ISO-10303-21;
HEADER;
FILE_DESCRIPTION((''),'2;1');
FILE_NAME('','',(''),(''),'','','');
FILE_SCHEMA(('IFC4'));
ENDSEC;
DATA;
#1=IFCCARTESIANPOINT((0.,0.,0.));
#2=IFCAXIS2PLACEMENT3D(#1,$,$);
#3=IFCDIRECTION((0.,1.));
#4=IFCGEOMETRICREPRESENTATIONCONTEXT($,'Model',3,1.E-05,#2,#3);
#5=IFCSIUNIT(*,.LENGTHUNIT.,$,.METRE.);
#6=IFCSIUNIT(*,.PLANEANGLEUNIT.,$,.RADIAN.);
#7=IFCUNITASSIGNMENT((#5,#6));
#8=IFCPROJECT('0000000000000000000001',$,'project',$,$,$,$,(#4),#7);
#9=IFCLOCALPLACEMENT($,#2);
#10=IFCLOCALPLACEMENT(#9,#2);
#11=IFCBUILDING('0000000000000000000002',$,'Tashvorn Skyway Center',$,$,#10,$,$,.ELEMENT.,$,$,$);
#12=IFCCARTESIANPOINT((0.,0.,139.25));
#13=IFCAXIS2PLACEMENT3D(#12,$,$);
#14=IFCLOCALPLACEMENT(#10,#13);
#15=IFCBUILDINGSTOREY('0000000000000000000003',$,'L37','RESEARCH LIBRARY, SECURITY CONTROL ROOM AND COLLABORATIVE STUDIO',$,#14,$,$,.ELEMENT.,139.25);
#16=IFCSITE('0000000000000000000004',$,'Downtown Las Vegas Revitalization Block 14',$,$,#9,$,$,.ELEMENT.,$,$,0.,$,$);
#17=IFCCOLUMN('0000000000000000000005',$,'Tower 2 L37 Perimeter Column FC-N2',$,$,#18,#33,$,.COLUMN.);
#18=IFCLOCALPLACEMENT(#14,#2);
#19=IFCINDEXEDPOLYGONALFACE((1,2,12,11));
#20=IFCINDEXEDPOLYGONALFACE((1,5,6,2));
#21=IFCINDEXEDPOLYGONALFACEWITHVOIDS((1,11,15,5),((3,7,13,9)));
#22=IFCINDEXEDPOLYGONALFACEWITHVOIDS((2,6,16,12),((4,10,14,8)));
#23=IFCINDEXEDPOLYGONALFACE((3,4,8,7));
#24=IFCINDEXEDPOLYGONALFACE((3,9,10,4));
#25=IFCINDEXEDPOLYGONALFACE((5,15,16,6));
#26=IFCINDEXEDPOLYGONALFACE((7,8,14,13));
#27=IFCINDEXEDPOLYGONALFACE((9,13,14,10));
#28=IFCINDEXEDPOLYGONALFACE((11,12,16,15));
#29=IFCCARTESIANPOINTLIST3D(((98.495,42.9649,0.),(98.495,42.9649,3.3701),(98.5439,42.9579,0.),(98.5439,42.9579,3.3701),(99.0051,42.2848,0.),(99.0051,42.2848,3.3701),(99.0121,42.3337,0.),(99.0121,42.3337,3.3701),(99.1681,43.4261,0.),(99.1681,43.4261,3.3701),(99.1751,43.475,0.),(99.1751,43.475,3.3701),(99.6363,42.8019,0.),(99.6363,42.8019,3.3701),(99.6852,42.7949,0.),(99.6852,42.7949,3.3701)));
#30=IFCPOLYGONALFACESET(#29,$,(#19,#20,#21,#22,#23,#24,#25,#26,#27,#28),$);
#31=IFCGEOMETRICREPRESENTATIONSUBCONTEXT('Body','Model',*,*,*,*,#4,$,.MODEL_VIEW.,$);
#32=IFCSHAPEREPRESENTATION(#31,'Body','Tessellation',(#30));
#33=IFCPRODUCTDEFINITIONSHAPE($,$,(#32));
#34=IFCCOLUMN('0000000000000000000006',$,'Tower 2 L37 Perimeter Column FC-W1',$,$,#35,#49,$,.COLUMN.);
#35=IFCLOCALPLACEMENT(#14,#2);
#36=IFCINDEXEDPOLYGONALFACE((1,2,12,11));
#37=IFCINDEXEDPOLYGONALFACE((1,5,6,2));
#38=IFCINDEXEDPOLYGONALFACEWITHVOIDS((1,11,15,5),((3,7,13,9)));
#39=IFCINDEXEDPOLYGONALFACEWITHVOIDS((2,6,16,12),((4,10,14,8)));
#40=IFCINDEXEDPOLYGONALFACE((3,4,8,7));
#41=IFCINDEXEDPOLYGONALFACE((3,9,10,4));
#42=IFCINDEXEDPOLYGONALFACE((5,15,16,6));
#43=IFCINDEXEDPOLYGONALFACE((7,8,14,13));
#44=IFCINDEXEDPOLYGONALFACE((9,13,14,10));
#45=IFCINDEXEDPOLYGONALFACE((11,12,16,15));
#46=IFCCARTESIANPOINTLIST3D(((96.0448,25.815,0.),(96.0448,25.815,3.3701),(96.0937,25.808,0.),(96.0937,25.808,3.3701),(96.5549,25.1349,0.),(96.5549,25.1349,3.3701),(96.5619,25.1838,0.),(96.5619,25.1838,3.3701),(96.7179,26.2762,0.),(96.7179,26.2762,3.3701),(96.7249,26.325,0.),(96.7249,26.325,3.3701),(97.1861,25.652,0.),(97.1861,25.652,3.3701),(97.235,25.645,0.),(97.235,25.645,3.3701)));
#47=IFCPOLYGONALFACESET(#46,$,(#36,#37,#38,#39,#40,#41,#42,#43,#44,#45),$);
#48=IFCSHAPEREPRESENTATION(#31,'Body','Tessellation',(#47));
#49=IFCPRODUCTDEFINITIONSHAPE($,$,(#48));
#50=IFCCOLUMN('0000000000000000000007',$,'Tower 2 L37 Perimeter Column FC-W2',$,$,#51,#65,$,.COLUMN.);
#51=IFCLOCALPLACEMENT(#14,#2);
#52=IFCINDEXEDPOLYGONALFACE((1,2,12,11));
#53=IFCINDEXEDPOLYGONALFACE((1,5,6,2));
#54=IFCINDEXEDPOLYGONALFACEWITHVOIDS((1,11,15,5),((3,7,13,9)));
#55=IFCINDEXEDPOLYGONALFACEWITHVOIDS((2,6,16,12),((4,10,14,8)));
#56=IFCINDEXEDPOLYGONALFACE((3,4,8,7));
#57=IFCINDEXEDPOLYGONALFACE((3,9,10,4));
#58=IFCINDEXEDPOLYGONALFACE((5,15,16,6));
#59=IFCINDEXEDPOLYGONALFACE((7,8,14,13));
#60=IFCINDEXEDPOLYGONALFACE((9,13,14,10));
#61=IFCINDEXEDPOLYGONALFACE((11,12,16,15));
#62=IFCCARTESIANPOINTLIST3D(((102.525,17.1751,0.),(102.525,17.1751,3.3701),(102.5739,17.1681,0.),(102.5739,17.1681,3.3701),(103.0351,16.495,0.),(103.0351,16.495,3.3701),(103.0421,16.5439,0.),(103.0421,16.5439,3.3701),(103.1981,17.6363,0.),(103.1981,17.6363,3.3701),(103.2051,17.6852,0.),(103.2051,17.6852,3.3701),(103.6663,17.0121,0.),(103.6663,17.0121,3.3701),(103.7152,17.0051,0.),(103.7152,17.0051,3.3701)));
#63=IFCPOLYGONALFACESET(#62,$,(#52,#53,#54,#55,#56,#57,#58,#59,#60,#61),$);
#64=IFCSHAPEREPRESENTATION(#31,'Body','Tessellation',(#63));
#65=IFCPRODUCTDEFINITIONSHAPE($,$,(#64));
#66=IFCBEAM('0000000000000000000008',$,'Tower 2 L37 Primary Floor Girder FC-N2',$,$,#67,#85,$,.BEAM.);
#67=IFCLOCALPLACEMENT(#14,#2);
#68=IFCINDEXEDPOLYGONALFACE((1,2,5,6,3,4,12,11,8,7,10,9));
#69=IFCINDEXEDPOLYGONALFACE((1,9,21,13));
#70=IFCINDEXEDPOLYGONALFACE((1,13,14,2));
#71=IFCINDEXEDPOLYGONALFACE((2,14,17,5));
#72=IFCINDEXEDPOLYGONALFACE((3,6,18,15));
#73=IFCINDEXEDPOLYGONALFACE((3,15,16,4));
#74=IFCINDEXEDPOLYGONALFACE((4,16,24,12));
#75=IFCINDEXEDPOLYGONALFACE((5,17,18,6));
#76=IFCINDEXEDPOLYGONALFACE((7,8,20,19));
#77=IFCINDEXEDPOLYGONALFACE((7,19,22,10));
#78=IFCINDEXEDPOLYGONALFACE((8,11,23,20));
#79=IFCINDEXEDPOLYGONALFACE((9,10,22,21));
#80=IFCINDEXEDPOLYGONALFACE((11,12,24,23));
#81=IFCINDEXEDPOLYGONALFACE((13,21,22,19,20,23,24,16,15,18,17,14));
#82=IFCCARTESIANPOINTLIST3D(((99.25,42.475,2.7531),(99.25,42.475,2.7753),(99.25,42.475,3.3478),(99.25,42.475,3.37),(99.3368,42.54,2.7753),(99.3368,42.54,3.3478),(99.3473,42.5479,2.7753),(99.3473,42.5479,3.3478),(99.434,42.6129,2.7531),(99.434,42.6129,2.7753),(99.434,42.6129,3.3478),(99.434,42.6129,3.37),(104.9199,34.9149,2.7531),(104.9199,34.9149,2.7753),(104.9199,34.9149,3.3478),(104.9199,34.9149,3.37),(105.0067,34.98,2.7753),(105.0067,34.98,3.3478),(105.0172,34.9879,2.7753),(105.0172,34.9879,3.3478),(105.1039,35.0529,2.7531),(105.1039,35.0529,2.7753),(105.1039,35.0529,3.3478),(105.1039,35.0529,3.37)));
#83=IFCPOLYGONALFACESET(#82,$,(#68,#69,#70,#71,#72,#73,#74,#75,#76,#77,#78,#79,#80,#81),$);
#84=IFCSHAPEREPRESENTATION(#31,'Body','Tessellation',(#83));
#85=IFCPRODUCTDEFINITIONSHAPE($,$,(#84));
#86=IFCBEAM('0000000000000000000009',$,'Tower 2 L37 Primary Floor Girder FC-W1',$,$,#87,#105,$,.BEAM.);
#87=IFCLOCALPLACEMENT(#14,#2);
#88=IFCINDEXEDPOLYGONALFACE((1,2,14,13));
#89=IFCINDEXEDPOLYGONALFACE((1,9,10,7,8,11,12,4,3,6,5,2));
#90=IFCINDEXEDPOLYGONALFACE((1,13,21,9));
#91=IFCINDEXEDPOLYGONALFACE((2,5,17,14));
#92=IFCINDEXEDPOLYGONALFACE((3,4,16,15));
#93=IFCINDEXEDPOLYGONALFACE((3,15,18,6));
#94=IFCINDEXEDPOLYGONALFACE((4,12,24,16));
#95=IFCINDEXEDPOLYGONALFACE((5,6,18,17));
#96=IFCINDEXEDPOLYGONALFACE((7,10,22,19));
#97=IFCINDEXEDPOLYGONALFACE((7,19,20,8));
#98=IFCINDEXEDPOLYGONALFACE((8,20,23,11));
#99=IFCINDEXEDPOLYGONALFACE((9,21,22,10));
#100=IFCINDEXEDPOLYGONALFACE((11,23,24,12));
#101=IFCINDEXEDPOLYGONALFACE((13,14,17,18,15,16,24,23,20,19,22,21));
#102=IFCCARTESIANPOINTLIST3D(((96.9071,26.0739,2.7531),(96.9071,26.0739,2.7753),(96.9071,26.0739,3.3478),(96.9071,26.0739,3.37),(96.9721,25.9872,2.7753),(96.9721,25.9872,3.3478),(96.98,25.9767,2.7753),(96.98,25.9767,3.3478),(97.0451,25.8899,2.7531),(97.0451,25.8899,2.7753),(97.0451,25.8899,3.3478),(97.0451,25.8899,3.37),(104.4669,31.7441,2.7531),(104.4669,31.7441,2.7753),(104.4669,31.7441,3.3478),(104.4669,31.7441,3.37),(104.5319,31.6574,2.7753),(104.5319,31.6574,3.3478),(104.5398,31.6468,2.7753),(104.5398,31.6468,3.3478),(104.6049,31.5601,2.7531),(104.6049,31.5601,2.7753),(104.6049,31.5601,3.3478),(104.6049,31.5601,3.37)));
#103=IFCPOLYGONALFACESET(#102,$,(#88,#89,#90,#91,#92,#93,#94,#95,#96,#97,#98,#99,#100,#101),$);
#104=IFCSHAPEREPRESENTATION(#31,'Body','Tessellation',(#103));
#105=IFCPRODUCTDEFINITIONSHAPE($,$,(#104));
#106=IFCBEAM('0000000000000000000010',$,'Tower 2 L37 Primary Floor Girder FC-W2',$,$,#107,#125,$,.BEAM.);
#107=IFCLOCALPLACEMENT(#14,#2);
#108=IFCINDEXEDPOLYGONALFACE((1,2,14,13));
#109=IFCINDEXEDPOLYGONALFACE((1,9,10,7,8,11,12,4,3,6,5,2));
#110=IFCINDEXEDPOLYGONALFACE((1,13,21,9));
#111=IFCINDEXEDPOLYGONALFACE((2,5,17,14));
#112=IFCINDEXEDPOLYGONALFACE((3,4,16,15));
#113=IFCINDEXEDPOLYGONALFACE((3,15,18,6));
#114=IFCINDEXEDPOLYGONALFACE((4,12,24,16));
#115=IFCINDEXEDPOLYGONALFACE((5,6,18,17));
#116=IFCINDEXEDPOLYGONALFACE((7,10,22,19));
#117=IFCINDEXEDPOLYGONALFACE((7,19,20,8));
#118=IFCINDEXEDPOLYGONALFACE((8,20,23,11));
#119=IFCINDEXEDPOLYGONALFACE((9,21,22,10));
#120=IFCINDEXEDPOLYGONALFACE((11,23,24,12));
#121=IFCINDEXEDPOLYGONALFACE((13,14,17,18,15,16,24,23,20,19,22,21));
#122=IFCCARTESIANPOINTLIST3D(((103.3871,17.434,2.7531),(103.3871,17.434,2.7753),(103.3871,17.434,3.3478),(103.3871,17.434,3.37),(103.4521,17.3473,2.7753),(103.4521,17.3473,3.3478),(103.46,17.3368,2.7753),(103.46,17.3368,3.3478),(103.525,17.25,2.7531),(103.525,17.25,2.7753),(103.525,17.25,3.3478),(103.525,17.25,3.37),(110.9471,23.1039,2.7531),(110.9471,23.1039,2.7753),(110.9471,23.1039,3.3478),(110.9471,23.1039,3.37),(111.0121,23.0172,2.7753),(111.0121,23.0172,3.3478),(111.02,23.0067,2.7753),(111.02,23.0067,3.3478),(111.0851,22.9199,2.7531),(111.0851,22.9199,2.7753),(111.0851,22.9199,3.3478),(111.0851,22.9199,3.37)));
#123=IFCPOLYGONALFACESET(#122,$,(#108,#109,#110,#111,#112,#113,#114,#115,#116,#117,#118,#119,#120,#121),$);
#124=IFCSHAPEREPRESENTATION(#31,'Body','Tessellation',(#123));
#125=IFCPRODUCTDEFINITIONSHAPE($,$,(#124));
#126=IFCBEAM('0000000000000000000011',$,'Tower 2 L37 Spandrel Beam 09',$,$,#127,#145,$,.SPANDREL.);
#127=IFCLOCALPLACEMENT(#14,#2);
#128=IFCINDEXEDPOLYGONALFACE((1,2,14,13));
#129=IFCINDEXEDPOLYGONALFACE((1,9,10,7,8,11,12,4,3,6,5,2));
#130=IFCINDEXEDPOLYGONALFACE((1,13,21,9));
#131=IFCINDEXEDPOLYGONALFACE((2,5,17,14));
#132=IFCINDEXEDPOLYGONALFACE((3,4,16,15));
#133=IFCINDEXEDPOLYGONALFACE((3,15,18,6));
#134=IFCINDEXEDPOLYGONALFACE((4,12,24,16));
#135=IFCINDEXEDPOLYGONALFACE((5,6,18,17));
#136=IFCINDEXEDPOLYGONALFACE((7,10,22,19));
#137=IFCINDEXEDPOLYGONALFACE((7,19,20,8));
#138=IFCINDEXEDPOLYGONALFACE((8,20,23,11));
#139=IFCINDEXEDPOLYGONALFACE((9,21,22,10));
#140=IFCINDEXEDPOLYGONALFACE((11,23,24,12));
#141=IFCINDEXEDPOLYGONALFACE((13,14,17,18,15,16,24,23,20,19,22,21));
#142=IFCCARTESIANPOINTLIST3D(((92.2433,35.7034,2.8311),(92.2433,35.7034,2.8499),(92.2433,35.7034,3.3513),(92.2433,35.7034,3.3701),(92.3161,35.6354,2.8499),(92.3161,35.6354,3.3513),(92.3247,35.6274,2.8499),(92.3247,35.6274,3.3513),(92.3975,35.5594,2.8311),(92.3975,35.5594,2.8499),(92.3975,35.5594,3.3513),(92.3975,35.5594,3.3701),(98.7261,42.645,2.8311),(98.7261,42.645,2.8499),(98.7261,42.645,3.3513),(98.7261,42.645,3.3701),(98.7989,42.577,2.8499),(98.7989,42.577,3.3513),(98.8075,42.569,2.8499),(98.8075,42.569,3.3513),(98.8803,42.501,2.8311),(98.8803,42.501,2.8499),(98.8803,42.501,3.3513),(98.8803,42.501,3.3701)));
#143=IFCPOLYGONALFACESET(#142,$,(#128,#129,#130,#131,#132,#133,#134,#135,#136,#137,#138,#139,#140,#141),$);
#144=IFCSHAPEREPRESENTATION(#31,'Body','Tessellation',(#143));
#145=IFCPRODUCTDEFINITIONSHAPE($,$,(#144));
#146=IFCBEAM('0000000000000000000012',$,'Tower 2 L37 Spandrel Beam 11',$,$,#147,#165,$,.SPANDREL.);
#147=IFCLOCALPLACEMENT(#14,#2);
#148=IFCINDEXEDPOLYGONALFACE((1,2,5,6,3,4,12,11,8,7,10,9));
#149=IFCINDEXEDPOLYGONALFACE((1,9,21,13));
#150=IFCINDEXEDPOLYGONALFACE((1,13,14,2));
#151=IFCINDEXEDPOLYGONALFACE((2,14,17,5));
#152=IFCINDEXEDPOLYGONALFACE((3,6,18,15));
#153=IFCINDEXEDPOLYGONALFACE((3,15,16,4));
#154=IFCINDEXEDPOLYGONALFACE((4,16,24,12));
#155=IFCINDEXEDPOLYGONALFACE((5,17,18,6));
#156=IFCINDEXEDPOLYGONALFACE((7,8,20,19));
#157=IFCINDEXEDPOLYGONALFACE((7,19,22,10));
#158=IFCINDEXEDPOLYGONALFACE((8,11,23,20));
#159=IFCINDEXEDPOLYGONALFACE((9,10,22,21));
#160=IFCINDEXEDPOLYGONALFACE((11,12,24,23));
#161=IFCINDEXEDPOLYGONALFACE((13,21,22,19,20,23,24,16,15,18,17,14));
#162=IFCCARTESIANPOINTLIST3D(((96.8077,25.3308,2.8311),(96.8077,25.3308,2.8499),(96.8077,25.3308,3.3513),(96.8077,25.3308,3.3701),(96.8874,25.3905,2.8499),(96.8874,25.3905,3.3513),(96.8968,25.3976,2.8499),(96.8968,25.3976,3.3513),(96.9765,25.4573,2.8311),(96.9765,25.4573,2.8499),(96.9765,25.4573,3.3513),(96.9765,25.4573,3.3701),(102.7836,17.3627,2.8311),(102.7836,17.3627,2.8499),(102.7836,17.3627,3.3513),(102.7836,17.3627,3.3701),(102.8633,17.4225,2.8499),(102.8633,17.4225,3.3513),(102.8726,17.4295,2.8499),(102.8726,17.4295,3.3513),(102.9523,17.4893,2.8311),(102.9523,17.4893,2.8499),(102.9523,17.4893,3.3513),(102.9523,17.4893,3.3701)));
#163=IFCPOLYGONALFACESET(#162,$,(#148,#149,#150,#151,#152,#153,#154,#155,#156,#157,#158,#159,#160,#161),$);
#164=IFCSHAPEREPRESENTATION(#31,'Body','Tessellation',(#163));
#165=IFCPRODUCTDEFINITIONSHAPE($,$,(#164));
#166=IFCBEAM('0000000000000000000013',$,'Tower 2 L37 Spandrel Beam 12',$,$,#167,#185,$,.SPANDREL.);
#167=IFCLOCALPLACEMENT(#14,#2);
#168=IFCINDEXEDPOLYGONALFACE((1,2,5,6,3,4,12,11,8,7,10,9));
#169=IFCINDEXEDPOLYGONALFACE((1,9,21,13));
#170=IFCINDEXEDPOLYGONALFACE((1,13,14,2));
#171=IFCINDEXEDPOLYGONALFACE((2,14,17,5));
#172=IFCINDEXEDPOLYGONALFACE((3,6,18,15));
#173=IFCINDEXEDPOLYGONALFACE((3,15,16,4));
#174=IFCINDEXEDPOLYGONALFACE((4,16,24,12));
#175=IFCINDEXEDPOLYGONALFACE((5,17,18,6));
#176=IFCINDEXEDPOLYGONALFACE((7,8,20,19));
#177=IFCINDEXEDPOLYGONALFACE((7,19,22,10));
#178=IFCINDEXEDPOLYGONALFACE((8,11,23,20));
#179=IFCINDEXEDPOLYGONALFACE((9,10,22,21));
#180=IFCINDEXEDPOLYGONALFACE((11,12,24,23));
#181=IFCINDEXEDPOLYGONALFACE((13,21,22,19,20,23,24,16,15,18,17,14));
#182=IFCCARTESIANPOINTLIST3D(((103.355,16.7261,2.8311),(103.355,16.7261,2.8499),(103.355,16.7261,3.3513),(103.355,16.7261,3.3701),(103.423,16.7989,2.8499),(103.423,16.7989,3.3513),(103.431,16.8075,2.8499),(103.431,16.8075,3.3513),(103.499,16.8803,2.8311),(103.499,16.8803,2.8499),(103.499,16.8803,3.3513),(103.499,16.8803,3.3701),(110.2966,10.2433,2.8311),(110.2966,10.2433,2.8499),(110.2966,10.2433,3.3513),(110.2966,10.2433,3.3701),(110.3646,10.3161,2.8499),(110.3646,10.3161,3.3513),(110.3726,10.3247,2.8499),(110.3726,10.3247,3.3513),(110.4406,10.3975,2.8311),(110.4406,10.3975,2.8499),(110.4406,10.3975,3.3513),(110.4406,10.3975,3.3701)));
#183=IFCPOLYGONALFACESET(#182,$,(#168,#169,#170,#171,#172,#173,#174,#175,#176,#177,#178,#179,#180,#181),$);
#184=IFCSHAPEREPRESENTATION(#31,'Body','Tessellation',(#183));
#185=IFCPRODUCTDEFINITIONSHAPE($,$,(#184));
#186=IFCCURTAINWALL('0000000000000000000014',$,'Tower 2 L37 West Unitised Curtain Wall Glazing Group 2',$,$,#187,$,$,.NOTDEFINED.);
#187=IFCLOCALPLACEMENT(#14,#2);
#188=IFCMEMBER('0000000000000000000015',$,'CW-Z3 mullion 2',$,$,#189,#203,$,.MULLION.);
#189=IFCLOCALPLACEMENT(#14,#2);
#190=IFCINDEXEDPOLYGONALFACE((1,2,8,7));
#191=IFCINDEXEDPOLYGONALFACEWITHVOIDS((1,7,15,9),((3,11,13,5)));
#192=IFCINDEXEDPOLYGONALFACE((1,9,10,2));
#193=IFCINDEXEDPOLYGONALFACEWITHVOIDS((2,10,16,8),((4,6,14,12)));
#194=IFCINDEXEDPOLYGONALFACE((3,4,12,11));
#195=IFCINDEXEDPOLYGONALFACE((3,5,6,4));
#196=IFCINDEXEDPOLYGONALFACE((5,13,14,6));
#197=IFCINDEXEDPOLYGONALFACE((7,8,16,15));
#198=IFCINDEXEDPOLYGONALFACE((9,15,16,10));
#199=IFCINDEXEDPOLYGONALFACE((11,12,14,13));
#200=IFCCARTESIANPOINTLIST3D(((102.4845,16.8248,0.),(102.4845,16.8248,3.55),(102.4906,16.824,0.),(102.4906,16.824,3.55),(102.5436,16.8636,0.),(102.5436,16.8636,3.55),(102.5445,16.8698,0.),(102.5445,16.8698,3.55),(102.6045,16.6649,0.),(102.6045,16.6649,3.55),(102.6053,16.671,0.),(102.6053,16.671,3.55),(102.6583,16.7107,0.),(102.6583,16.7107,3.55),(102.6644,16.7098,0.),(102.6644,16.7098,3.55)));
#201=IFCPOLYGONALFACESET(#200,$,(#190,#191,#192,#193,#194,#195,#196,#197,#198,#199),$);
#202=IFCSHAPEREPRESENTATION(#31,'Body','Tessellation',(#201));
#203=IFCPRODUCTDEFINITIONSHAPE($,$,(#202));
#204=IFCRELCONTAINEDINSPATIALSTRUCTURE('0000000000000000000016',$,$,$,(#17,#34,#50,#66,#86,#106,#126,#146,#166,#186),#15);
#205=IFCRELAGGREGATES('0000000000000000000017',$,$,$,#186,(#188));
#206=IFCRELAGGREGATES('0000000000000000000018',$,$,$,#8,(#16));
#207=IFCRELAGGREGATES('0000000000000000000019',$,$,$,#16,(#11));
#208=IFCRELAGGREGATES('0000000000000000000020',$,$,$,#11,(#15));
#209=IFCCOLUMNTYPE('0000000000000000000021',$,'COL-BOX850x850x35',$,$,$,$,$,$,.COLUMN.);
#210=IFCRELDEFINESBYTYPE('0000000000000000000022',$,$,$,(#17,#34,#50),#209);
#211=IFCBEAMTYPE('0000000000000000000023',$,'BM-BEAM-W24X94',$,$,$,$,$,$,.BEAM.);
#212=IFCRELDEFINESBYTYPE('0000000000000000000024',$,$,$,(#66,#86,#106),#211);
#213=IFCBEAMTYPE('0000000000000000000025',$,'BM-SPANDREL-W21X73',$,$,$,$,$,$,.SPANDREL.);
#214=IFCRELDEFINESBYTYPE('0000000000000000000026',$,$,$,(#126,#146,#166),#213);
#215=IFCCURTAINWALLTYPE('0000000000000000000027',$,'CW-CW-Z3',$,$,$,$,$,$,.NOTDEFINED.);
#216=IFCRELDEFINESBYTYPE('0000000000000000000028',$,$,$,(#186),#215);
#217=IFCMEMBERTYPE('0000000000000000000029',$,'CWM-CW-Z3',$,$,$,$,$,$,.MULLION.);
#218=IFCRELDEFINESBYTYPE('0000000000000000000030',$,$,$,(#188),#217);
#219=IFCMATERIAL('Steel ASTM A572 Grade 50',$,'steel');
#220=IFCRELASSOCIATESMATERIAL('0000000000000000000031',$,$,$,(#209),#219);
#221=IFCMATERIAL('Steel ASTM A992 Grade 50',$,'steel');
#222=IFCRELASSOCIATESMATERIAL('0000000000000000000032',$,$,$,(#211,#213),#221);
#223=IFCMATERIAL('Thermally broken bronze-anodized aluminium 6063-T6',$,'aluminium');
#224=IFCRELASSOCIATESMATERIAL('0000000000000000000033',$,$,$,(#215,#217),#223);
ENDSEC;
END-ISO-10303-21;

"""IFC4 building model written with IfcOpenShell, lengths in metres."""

from ifc_helpers import new_model, si_unit, direction, frame, origin, origin_2d, place, context, subcontext, project, spatial, hollow_rectangle, i_section, extrude, material, material_profile, profile_set, type_object, element, aggregate, save


model = new_model("IFC4")

# Units and contexts
model_context = context("Model", 3, precision=1e-05, world=origin(), true_north=direction((0.0, 1.0)))
body_context = subcontext(model_context, "Body", "Model", "MODEL_VIEW")
ifc_project = project(units=[si_unit("LENGTHUNIT", "METRE"), si_unit("PLANEANGLEUNIT", "RADIAN")], contexts=[model_context])

# Site, building, storey
site_placement = place(None, origin())
site = spatial("IfcSite", under=ifc_project, at=site_placement, Name="Downtown Las Vegas Revitalization Block 14", CompositionType="ELEMENT", RefElevation=0.0)
building_placement = place(site_placement, origin())
building = spatial("IfcBuilding", under=site, at=building_placement, Name="Tashvorn Skyway Center", CompositionType="ELEMENT")
storey_placement = place(building_placement, frame((0.0, 0.0, 139.25)))
storey = spatial("IfcBuildingStorey", under=building, at=storey_placement, Name="L37", Description="RESEARCH LIBRARY, SECURITY CONTROL ROOM AND COLLABORATIVE STUDIO", CompositionType="ELEMENT", Elevation=139.25)

# Columns
ifc_material_1 = material(Name="Steel ASTM A572 Grade 50", Category="steel")
ifc_material_profile_1 = material_profile(ifc_material_1, hollow_rectangle(XDim=0.8501, YDim=0.8501, WallThickness=0.0349, at=origin_2d()), Name="BOX850x850x35")
ifc_profile_set_1 = profile_set([ifc_material_profile_1], Name="Steel ASTM A572 Grade 50")
column_type = type_object("IfcColumnType", Name="COL-BOX850x850x35", PredefinedType="COLUMN", material=ifc_profile_set_1)
for number, where, z_axis, x_axis, name in (
    (1, (99.0901, 42.8799, 0.0), (0.0, 0.0, 1.0), (0.8, 0.6, 0.0), "Tower 2 L37 Perimeter Column FC-N2"),
    (2, (96.6399, 25.73, 0.0), (0.0, 0.0, 1.0), (0.8, 0.6, 0.0), "Tower 2 L37 Perimeter Column FC-W1"),
    (3, (103.1201, 17.0901, 0.0), (0.0, 0.0, 1.0), (0.8, 0.6, 0.0), "Tower 2 L37 Perimeter Column FC-W2"),
):
    element("IfcColumn", number, at=place(storey_placement, frame(where, z_axis=z_axis, x_axis=x_axis)), inside=storey, type_object=column_type, Name=name, PredefinedType="COLUMN", context=body_context, shape_type="SweptSolid", body=[
        extrude(hollow_rectangle(XDim=0.8501, YDim=0.8501, WallThickness=0.0349, at=origin_2d()), origin(), (0.0, 0.0, 1.0), 3.3701),
    ])

# Beams
ifc_material_2 = material(Name="Steel ASTM A992 Grade 50", Category="steel")
ifc_material_profile_2 = material_profile(ifc_material_2, i_section(OverallWidth=0.23, OverallDepth=0.6169, WebThickness=0.0132, FlangeThickness=0.0222, at=origin_2d()), Name="W24X94")
ifc_profile_set_2 = profile_set([ifc_material_profile_2], Name="Steel ASTM A992 Grade 50")
beam_type_1 = type_object("IfcBeamType", Name="BM-BEAM-W24X94", PredefinedType="BEAM", material=ifc_profile_set_2)
for number, where, z_axis, x_axis, name in (
    (4, (99.342, 42.5439, 3.0615), (0.599992, -0.800006, 0.0), (0.800006, 0.599992, 0.0), "Tower 2 L37 Primary Floor Girder FC-N2"),
    (5, (96.9761, 25.9819, 3.0615), (0.799984, 0.600021, 0.0), (-0.600021, 0.799984, 0.0), "Tower 2 L37 Primary Floor Girder FC-W1"),
    (6, (103.4561, 17.342, 3.0615), (0.800006, 0.599992, 0.0), (-0.599992, 0.800006, 0.0), "Tower 2 L37 Primary Floor Girder FC-W2"),
):
    element("IfcBeam", number, at=place(storey_placement, frame(where, z_axis=z_axis, x_axis=x_axis)), inside=storey, type_object=beam_type_1, Name=name, PredefinedType="BEAM", context=body_context, shape_type="SweptSolid", body=[
        extrude(i_section(OverallWidth=0.23, OverallDepth=0.6169, WebThickness=0.0132, FlangeThickness=0.0222, at=origin_2d()), origin(), (0.0, 0.0, 1.0), 9.45),
    ])
ifc_material_profile_3 = material_profile(ifc_material_2, i_section(OverallWidth=0.2109, OverallDepth=0.5391, WebThickness=0.0117, FlangeThickness=0.0188, at=origin_2d()), Name="W21X73")
ifc_profile_set_3 = profile_set([ifc_material_profile_3], Name="Steel ASTM A992 Grade 50")
beam_type_2 = type_object("IfcBeamType", Name="BM-SPANDREL-W21X73", PredefinedType="SPANDREL", material=ifc_profile_set_3)
beam_1_placement = place(storey_placement, frame((98.8032, 42.573, 3.1006), z_axis=(-0.682545, -0.730843, 0.0), x_axis=(0.730843, -0.682545, 0.0)))
element("IfcBeam", 7, at=beam_1_placement, inside=storey, type_object=beam_type_2, Name="Tower 2 L37 Spandrel Beam 09", PredefinedType="SPANDREL", context=body_context, shape_type="SweptSolid", body=[
    extrude(i_section(OverallWidth=0.2109, OverallDepth=0.5391, WebThickness=0.0117, FlangeThickness=0.0188, at=origin_2d()), origin(), (0.0, 0.0, 1.0), 9.498),
])
beam_2_placement = place(storey_placement, frame((96.8921, 25.394, 3.1006), z_axis=(0.599988, -0.800009, 0.0), x_axis=(0.800009, 0.599988, 0.0)))
element("IfcBeam", 8, at=beam_2_placement, inside=storey, type_object=beam_type_2, Name="Tower 2 L37 Spandrel Beam 11", PredefinedType="SPANDREL", context=body_context, shape_type="SweptSolid", body=[
    extrude(i_section(OverallWidth=0.2109, OverallDepth=0.5391, WebThickness=0.0117, FlangeThickness=0.0188, at=origin_2d()), origin(), (0.0, 0.0, 1.0), 9.96),
])
beam_3_placement = place(storey_placement, frame((103.427, 16.8032, 3.1006), z_axis=(0.730843, -0.682545, 0.0), x_axis=(0.682545, 0.730843, 0.0)))
element("IfcBeam", 9, at=beam_3_placement, inside=storey, type_object=beam_type_2, Name="Tower 2 L37 Spandrel Beam 12", PredefinedType="SPANDREL", context=body_context, shape_type="SweptSolid", body=[
    extrude(i_section(OverallWidth=0.2109, OverallDepth=0.5391, WebThickness=0.0117, FlangeThickness=0.0188, at=origin_2d()), origin(), (0.0, 0.0, 1.0), 9.498),
])

# Curtain wall, member
ifc_material_3 = material(Name="Thermally broken bronze-anodized aluminium 6063-T6", Category="aluminium")
curtain_wall_type = type_object("IfcCurtainWallType", Name="CW-CW-Z3", PredefinedType="NOTDEFINED", material=ifc_material_3)
curtain_wall_1_placement = place(storey_placement, origin())
curtain_wall_1 = element("IfcCurtainWall", 10, at=curtain_wall_1_placement, inside=storey, type_object=curtain_wall_type, Name="Tower 2 L37 West Unitised Curtain Wall Glazing Group 2", PredefinedType="NOTDEFINED")
ifc_material_profile_4 = material_profile(ifc_material_3, hollow_rectangle(XDim=0.075, YDim=0.2, WallThickness=0.0044, at=origin_2d()), Name="ALU-MULL-75x200")
ifc_profile_set_4 = profile_set([ifc_material_profile_4], Name="Thermally broken bronze-anodized aluminium 6063-T6")
member_type_1 = type_object("IfcMemberType", Name="CWM-CW-Z3", PredefinedType="MULLION", material=ifc_profile_set_4)
member_1_placement = place(storey_placement, frame((102.5745, 16.7673, 0.0), z_axis=(0.0, 0.0, 1.0), x_axis=(-0.800003, -0.599995, 0.0)))
member_1 = element("IfcMember", 11, at=member_1_placement, type_object=member_type_1, Name="CW-Z3 mullion 2", PredefinedType="MULLION", context=body_context, shape_type="SweptSolid", body=[
    extrude(hollow_rectangle(XDim=0.075, YDim=0.2, WallThickness=0.0044, at=origin_2d()), origin(), (0.0, 0.0, 1.0), 3.55),
])
aggregate(curtain_wall_1, [member_1])

save(model, "model.ifc")
